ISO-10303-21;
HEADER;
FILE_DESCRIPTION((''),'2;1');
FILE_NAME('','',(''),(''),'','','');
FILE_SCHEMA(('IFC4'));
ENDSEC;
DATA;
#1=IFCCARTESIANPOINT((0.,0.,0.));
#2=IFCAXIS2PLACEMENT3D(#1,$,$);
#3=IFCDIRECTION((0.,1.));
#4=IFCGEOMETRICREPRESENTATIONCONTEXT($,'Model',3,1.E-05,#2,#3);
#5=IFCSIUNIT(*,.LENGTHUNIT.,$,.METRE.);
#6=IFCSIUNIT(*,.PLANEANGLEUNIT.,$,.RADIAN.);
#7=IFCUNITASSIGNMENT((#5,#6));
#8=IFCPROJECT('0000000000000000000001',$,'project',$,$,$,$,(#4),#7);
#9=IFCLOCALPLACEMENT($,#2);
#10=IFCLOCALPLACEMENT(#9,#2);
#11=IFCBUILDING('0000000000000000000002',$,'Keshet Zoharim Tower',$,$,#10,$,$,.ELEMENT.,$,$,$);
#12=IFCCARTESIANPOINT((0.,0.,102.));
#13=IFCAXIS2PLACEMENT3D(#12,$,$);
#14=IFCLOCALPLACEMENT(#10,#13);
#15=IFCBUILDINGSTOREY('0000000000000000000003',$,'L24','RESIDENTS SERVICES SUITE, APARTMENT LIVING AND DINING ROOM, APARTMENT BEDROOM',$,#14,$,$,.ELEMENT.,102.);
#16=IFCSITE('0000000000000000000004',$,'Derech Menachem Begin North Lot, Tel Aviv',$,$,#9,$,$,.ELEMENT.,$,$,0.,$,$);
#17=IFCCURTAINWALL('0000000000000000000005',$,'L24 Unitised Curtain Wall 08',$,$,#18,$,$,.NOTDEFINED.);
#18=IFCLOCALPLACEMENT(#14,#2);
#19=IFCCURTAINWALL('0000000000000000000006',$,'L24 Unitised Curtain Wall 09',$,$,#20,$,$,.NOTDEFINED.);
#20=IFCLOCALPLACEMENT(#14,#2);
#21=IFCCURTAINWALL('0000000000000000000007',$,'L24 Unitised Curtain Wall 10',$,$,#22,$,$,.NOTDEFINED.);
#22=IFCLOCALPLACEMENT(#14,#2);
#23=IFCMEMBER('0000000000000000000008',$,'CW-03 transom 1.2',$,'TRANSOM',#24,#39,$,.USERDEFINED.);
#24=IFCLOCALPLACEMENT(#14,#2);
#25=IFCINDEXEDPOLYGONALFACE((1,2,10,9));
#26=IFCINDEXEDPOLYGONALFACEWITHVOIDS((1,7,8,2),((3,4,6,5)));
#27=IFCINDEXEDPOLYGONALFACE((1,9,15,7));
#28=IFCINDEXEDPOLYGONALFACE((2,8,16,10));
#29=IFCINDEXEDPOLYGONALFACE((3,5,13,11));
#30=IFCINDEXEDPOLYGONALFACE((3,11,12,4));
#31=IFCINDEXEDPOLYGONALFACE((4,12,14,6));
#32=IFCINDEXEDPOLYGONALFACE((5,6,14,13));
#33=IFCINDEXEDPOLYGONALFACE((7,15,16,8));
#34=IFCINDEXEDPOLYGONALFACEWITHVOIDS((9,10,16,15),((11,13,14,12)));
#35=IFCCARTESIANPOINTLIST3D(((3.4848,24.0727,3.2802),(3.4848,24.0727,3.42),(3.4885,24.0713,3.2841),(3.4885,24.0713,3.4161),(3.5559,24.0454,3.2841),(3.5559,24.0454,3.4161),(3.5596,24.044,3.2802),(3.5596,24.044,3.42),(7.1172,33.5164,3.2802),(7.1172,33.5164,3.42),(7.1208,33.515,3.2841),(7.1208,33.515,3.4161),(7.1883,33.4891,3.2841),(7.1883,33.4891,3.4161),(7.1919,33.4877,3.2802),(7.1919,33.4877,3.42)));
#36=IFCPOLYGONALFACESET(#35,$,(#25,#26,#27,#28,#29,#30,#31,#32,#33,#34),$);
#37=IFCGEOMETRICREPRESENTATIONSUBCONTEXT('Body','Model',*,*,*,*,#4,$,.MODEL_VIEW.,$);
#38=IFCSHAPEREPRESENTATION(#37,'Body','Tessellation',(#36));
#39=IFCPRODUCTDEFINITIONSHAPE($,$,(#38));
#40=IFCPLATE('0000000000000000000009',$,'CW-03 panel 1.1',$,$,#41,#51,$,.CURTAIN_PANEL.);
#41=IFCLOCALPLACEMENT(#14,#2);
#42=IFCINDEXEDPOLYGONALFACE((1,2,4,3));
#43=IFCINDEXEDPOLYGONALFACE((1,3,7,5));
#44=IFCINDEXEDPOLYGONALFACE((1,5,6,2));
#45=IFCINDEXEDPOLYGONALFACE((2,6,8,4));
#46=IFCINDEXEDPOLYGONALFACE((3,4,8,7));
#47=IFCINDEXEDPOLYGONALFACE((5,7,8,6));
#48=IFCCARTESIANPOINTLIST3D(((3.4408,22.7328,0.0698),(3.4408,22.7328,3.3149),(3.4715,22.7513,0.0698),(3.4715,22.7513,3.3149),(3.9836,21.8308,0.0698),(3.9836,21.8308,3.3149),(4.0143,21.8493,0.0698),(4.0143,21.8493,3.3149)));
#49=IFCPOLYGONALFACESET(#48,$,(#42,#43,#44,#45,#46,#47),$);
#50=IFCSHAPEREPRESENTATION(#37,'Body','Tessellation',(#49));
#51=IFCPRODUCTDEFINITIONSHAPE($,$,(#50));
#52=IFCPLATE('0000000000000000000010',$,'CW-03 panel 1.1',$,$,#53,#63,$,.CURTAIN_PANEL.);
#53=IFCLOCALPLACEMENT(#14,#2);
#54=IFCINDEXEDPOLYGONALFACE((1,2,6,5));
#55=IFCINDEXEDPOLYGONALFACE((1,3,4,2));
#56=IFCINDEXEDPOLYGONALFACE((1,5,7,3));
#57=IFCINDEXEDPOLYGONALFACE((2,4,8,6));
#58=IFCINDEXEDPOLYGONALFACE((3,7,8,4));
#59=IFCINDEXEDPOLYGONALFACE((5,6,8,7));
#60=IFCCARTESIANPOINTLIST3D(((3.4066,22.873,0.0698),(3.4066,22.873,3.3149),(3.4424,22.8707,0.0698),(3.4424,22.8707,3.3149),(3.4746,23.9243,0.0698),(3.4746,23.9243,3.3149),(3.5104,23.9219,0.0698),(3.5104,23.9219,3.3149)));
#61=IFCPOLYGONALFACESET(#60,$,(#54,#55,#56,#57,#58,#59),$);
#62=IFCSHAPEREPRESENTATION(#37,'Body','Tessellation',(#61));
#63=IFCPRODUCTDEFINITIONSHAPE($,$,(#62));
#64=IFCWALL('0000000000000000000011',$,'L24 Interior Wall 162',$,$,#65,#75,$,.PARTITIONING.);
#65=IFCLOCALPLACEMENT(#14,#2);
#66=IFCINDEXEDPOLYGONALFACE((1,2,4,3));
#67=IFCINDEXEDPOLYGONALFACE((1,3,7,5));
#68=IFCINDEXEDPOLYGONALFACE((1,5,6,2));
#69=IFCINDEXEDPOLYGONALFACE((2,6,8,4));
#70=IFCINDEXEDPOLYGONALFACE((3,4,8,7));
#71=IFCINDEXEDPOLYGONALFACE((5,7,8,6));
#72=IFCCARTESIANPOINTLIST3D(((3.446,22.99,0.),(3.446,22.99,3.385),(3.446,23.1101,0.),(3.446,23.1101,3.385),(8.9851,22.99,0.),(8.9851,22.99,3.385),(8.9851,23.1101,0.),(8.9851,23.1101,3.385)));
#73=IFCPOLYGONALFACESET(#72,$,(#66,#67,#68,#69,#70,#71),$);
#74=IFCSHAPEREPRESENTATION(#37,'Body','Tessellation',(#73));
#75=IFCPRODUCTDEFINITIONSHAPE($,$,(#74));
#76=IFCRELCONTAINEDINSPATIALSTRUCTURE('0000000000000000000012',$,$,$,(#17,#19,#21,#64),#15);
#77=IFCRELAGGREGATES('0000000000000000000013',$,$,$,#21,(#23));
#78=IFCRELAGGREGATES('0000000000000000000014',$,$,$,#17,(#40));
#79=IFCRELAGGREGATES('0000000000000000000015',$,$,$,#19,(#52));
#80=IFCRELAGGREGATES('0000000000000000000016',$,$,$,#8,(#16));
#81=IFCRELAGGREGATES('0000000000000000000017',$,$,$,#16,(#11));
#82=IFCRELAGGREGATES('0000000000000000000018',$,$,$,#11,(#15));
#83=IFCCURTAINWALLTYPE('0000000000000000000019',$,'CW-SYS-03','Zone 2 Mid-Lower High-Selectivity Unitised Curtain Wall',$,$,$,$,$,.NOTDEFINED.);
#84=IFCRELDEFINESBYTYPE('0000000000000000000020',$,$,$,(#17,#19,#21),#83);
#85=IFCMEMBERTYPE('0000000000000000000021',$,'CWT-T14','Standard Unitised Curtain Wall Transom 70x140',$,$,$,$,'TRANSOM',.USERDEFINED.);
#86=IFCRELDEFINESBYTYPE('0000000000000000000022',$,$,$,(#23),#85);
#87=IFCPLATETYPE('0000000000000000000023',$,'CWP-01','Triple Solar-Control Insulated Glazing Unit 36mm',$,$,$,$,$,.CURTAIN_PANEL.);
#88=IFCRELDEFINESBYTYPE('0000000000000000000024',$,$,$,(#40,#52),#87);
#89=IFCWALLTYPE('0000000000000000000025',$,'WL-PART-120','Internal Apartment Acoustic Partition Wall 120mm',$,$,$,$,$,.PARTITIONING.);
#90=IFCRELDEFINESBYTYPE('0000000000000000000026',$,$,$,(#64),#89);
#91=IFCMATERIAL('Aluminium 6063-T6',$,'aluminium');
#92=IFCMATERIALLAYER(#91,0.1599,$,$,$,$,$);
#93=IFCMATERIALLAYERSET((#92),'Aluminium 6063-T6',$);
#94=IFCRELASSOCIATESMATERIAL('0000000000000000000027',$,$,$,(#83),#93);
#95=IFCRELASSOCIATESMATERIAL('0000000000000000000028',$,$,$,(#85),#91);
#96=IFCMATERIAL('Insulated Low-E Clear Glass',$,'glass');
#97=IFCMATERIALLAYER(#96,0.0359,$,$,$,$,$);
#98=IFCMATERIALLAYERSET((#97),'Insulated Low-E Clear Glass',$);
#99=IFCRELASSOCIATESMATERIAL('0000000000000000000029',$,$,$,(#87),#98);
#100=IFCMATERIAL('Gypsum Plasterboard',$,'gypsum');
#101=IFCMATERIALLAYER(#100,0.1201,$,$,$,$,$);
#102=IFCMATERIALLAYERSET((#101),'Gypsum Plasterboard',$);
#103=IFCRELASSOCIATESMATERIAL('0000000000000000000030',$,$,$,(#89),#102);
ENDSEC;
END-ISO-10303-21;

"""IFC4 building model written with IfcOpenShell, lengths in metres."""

from ifc_helpers import new_model, si_unit, direction, frame, frame_2d, origin, origin_2d, place, context, subcontext, project, spatial, rectangle, hollow_rectangle, extrude, material, layer, layer_set, material_profile, profile_set, type_object, element, aggregate, save


model = new_model("IFC4")

# Units and contexts
model_context = context("Model", 3, precision=1e-05, world=origin(), true_north=direction((0.0, 1.0)))
body_context = subcontext(model_context, "Body", "Model", "MODEL_VIEW")
ifc_project = project(units=[si_unit("LENGTHUNIT", "METRE"), si_unit("PLANEANGLEUNIT", "RADIAN")], contexts=[model_context])

# Site, building, storey
site_placement = place(None, origin())
site = spatial("IfcSite", under=ifc_project, at=site_placement, Name="Derech Menachem Begin North Lot, Tel Aviv", CompositionType="ELEMENT", RefElevation=0.0)
building_placement = place(site_placement, origin())
building = spatial("IfcBuilding", under=site, at=building_placement, Name="Keshet Zoharim Tower", CompositionType="ELEMENT")
storey_placement = place(building_placement, frame((0.0, 0.0, 102.0)))
storey = spatial("IfcBuildingStorey", under=building, at=storey_placement, Name="L24", Description="RESIDENTS SERVICES SUITE, APARTMENT LIVING AND DINING ROOM, APARTMENT BEDROOM", CompositionType="ELEMENT", Elevation=102.0)

# Shared definitions
ifc_material_1 = material(Name="Aluminium 6063-T6", Category="aluminium")
ifc_layer_1 = layer(ifc_material_1, 0.1599)
ifc_layer_set_1 = layer_set([ifc_layer_1], Name="Aluminium 6063-T6")
curtain_wall_type = type_object("IfcCurtainWallType", Name="CW-SYS-03", Description="Zone 2 Mid-Lower High-Selectivity Unitised Curtain Wall", PredefinedType="NOTDEFINED", material=ifc_layer_set_1)

# Curtain walls
curtain_wall_1_placement = place(storey_placement, origin())
curtain_wall_1 = element("IfcCurtainWall", 1, at=curtain_wall_1_placement, inside=storey, type_object=curtain_wall_type, Name="L24 Unitised Curtain Wall 08", PredefinedType="NOTDEFINED")
curtain_wall_2_placement = place(storey_placement, origin())
curtain_wall_2 = element("IfcCurtainWall", 2, at=curtain_wall_2_placement, inside=storey, type_object=curtain_wall_type, Name="L24 Unitised Curtain Wall 09", PredefinedType="NOTDEFINED")

# Curtain wall
curtain_wall_3_placement = place(storey_placement, origin())
curtain_wall_3 = element("IfcCurtainWall", 3, at=curtain_wall_3_placement, inside=storey, type_object=curtain_wall_type, Name="L24 Unitised Curtain Wall 10", PredefinedType="NOTDEFINED")

# Member
ifc_material_profile_1 = material_profile(ifc_material_1, hollow_rectangle(XDim=0.0801, YDim=0.1399, WallThickness=0.0039, at=origin_2d()), Name="TRN-80x140")
ifc_profile_set_1 = profile_set([ifc_material_profile_1], Name="Aluminium 6063-T6")
member_type_1 = type_object("IfcMemberType", Name="CWT-T14", Description="Standard Unitised Curtain Wall Transom 70x140", ElementType="TRANSOM", PredefinedType="USERDEFINED", material=ifc_profile_set_1)
member_1_placement = place(storey_placement, frame((3.5222, 24.0583, 3.3501), z_axis=(0.358994, 0.93334, 0.0), x_axis=(-0.93334, 0.358994, 0.0)))
member_1 = element("IfcMember", 4, at=member_1_placement, type_object=member_type_1, Name="CW-03 transom 1.2", ObjectType="TRANSOM", PredefinedType="USERDEFINED", context=body_context, shape_type="SweptSolid", body=[
    extrude(hollow_rectangle(XDim=0.0801, YDim=0.1399, WallThickness=0.0039, at=origin_2d()), origin(), (0.0, 0.0, 1.0), 10.1182),
])
aggregate(curtain_wall_3, [member_1])

# Plates
ifc_material_2 = material(Name="Insulated Low-E Clear Glass", Category="glass")
ifc_layer_2 = layer(ifc_material_2, 0.0359)
ifc_layer_set_2 = layer_set([ifc_layer_2], Name="Insulated Low-E Clear Glass")
plate_type = type_object("IfcPlateType", Name="CWP-01", Description="Triple Solar-Control Insulated Glazing Unit 36mm", PredefinedType="CURTAIN_PANEL", material=ifc_layer_set_2)
plate_1_placement = place(storey_placement, frame((3.7275, 22.291, 0.0698), z_axis=(0.0, 0.0, 1.0), x_axis=(-0.515605, 0.856826, 0.0)))
plate_1 = element("IfcPlate", 5, at=plate_1_placement, type_object=plate_type, Name="CW-03 panel 1.1", PredefinedType="CURTAIN_PANEL", context=body_context, shape_type="SweptSolid", body=[
    extrude(rectangle(XDim=1.0527, YDim=0.0359, at=origin_2d()), origin(), (0.0, 0.0, 1.0), 3.2451),
])
aggregate(curtain_wall_1, [plate_1])
plate_2_placement = place(storey_placement, frame((3.4585, 23.3975, 0.0698), z_axis=(0.0, 0.0, 1.0), x_axis=(0.064517, 0.997917, 0.0)))
plate_2 = element("IfcPlate", 6, at=plate_2_placement, type_object=plate_type, Name="CW-03 panel 1.1", PredefinedType="CURTAIN_PANEL", context=body_context, shape_type="SweptSolid", body=[
    extrude(rectangle(XDim=1.0535, YDim=0.0359, at=origin_2d()), origin(), (0.0, 0.0, 1.0), 3.2451),
])
aggregate(curtain_wall_2, [plate_2])

# Wall
ifc_material_3 = material(Name="Gypsum Plasterboard", Category="gypsum")
ifc_layer_3 = layer(ifc_material_3, 0.1201)
ifc_layer_set_3 = layer_set([ifc_layer_3], Name="Gypsum Plasterboard")
wall_type = type_object("IfcWallType", Name="WL-PART-120", Description="Internal Apartment Acoustic Partition Wall 120mm", PredefinedType="PARTITIONING", material=ifc_layer_set_3)
wall_placement = place(storey_placement, frame((3.446, 23.05, 0.0), z_axis=(0.0, 0.0, 1.0), x_axis=(1.0, 0.0, 0.0)))
element("IfcWall", 7, at=wall_placement, inside=storey, type_object=wall_type, Name="L24 Interior Wall 162", PredefinedType="PARTITIONING", context=body_context, shape_type="SweptSolid", body=[
    extrude(rectangle(XDim=5.5391, YDim=0.1201, at=frame_2d((2.7695, 0.0))), origin(), (0.0, 0.0, 1.0), 3.385),
])

save(model, "model.ifc")
